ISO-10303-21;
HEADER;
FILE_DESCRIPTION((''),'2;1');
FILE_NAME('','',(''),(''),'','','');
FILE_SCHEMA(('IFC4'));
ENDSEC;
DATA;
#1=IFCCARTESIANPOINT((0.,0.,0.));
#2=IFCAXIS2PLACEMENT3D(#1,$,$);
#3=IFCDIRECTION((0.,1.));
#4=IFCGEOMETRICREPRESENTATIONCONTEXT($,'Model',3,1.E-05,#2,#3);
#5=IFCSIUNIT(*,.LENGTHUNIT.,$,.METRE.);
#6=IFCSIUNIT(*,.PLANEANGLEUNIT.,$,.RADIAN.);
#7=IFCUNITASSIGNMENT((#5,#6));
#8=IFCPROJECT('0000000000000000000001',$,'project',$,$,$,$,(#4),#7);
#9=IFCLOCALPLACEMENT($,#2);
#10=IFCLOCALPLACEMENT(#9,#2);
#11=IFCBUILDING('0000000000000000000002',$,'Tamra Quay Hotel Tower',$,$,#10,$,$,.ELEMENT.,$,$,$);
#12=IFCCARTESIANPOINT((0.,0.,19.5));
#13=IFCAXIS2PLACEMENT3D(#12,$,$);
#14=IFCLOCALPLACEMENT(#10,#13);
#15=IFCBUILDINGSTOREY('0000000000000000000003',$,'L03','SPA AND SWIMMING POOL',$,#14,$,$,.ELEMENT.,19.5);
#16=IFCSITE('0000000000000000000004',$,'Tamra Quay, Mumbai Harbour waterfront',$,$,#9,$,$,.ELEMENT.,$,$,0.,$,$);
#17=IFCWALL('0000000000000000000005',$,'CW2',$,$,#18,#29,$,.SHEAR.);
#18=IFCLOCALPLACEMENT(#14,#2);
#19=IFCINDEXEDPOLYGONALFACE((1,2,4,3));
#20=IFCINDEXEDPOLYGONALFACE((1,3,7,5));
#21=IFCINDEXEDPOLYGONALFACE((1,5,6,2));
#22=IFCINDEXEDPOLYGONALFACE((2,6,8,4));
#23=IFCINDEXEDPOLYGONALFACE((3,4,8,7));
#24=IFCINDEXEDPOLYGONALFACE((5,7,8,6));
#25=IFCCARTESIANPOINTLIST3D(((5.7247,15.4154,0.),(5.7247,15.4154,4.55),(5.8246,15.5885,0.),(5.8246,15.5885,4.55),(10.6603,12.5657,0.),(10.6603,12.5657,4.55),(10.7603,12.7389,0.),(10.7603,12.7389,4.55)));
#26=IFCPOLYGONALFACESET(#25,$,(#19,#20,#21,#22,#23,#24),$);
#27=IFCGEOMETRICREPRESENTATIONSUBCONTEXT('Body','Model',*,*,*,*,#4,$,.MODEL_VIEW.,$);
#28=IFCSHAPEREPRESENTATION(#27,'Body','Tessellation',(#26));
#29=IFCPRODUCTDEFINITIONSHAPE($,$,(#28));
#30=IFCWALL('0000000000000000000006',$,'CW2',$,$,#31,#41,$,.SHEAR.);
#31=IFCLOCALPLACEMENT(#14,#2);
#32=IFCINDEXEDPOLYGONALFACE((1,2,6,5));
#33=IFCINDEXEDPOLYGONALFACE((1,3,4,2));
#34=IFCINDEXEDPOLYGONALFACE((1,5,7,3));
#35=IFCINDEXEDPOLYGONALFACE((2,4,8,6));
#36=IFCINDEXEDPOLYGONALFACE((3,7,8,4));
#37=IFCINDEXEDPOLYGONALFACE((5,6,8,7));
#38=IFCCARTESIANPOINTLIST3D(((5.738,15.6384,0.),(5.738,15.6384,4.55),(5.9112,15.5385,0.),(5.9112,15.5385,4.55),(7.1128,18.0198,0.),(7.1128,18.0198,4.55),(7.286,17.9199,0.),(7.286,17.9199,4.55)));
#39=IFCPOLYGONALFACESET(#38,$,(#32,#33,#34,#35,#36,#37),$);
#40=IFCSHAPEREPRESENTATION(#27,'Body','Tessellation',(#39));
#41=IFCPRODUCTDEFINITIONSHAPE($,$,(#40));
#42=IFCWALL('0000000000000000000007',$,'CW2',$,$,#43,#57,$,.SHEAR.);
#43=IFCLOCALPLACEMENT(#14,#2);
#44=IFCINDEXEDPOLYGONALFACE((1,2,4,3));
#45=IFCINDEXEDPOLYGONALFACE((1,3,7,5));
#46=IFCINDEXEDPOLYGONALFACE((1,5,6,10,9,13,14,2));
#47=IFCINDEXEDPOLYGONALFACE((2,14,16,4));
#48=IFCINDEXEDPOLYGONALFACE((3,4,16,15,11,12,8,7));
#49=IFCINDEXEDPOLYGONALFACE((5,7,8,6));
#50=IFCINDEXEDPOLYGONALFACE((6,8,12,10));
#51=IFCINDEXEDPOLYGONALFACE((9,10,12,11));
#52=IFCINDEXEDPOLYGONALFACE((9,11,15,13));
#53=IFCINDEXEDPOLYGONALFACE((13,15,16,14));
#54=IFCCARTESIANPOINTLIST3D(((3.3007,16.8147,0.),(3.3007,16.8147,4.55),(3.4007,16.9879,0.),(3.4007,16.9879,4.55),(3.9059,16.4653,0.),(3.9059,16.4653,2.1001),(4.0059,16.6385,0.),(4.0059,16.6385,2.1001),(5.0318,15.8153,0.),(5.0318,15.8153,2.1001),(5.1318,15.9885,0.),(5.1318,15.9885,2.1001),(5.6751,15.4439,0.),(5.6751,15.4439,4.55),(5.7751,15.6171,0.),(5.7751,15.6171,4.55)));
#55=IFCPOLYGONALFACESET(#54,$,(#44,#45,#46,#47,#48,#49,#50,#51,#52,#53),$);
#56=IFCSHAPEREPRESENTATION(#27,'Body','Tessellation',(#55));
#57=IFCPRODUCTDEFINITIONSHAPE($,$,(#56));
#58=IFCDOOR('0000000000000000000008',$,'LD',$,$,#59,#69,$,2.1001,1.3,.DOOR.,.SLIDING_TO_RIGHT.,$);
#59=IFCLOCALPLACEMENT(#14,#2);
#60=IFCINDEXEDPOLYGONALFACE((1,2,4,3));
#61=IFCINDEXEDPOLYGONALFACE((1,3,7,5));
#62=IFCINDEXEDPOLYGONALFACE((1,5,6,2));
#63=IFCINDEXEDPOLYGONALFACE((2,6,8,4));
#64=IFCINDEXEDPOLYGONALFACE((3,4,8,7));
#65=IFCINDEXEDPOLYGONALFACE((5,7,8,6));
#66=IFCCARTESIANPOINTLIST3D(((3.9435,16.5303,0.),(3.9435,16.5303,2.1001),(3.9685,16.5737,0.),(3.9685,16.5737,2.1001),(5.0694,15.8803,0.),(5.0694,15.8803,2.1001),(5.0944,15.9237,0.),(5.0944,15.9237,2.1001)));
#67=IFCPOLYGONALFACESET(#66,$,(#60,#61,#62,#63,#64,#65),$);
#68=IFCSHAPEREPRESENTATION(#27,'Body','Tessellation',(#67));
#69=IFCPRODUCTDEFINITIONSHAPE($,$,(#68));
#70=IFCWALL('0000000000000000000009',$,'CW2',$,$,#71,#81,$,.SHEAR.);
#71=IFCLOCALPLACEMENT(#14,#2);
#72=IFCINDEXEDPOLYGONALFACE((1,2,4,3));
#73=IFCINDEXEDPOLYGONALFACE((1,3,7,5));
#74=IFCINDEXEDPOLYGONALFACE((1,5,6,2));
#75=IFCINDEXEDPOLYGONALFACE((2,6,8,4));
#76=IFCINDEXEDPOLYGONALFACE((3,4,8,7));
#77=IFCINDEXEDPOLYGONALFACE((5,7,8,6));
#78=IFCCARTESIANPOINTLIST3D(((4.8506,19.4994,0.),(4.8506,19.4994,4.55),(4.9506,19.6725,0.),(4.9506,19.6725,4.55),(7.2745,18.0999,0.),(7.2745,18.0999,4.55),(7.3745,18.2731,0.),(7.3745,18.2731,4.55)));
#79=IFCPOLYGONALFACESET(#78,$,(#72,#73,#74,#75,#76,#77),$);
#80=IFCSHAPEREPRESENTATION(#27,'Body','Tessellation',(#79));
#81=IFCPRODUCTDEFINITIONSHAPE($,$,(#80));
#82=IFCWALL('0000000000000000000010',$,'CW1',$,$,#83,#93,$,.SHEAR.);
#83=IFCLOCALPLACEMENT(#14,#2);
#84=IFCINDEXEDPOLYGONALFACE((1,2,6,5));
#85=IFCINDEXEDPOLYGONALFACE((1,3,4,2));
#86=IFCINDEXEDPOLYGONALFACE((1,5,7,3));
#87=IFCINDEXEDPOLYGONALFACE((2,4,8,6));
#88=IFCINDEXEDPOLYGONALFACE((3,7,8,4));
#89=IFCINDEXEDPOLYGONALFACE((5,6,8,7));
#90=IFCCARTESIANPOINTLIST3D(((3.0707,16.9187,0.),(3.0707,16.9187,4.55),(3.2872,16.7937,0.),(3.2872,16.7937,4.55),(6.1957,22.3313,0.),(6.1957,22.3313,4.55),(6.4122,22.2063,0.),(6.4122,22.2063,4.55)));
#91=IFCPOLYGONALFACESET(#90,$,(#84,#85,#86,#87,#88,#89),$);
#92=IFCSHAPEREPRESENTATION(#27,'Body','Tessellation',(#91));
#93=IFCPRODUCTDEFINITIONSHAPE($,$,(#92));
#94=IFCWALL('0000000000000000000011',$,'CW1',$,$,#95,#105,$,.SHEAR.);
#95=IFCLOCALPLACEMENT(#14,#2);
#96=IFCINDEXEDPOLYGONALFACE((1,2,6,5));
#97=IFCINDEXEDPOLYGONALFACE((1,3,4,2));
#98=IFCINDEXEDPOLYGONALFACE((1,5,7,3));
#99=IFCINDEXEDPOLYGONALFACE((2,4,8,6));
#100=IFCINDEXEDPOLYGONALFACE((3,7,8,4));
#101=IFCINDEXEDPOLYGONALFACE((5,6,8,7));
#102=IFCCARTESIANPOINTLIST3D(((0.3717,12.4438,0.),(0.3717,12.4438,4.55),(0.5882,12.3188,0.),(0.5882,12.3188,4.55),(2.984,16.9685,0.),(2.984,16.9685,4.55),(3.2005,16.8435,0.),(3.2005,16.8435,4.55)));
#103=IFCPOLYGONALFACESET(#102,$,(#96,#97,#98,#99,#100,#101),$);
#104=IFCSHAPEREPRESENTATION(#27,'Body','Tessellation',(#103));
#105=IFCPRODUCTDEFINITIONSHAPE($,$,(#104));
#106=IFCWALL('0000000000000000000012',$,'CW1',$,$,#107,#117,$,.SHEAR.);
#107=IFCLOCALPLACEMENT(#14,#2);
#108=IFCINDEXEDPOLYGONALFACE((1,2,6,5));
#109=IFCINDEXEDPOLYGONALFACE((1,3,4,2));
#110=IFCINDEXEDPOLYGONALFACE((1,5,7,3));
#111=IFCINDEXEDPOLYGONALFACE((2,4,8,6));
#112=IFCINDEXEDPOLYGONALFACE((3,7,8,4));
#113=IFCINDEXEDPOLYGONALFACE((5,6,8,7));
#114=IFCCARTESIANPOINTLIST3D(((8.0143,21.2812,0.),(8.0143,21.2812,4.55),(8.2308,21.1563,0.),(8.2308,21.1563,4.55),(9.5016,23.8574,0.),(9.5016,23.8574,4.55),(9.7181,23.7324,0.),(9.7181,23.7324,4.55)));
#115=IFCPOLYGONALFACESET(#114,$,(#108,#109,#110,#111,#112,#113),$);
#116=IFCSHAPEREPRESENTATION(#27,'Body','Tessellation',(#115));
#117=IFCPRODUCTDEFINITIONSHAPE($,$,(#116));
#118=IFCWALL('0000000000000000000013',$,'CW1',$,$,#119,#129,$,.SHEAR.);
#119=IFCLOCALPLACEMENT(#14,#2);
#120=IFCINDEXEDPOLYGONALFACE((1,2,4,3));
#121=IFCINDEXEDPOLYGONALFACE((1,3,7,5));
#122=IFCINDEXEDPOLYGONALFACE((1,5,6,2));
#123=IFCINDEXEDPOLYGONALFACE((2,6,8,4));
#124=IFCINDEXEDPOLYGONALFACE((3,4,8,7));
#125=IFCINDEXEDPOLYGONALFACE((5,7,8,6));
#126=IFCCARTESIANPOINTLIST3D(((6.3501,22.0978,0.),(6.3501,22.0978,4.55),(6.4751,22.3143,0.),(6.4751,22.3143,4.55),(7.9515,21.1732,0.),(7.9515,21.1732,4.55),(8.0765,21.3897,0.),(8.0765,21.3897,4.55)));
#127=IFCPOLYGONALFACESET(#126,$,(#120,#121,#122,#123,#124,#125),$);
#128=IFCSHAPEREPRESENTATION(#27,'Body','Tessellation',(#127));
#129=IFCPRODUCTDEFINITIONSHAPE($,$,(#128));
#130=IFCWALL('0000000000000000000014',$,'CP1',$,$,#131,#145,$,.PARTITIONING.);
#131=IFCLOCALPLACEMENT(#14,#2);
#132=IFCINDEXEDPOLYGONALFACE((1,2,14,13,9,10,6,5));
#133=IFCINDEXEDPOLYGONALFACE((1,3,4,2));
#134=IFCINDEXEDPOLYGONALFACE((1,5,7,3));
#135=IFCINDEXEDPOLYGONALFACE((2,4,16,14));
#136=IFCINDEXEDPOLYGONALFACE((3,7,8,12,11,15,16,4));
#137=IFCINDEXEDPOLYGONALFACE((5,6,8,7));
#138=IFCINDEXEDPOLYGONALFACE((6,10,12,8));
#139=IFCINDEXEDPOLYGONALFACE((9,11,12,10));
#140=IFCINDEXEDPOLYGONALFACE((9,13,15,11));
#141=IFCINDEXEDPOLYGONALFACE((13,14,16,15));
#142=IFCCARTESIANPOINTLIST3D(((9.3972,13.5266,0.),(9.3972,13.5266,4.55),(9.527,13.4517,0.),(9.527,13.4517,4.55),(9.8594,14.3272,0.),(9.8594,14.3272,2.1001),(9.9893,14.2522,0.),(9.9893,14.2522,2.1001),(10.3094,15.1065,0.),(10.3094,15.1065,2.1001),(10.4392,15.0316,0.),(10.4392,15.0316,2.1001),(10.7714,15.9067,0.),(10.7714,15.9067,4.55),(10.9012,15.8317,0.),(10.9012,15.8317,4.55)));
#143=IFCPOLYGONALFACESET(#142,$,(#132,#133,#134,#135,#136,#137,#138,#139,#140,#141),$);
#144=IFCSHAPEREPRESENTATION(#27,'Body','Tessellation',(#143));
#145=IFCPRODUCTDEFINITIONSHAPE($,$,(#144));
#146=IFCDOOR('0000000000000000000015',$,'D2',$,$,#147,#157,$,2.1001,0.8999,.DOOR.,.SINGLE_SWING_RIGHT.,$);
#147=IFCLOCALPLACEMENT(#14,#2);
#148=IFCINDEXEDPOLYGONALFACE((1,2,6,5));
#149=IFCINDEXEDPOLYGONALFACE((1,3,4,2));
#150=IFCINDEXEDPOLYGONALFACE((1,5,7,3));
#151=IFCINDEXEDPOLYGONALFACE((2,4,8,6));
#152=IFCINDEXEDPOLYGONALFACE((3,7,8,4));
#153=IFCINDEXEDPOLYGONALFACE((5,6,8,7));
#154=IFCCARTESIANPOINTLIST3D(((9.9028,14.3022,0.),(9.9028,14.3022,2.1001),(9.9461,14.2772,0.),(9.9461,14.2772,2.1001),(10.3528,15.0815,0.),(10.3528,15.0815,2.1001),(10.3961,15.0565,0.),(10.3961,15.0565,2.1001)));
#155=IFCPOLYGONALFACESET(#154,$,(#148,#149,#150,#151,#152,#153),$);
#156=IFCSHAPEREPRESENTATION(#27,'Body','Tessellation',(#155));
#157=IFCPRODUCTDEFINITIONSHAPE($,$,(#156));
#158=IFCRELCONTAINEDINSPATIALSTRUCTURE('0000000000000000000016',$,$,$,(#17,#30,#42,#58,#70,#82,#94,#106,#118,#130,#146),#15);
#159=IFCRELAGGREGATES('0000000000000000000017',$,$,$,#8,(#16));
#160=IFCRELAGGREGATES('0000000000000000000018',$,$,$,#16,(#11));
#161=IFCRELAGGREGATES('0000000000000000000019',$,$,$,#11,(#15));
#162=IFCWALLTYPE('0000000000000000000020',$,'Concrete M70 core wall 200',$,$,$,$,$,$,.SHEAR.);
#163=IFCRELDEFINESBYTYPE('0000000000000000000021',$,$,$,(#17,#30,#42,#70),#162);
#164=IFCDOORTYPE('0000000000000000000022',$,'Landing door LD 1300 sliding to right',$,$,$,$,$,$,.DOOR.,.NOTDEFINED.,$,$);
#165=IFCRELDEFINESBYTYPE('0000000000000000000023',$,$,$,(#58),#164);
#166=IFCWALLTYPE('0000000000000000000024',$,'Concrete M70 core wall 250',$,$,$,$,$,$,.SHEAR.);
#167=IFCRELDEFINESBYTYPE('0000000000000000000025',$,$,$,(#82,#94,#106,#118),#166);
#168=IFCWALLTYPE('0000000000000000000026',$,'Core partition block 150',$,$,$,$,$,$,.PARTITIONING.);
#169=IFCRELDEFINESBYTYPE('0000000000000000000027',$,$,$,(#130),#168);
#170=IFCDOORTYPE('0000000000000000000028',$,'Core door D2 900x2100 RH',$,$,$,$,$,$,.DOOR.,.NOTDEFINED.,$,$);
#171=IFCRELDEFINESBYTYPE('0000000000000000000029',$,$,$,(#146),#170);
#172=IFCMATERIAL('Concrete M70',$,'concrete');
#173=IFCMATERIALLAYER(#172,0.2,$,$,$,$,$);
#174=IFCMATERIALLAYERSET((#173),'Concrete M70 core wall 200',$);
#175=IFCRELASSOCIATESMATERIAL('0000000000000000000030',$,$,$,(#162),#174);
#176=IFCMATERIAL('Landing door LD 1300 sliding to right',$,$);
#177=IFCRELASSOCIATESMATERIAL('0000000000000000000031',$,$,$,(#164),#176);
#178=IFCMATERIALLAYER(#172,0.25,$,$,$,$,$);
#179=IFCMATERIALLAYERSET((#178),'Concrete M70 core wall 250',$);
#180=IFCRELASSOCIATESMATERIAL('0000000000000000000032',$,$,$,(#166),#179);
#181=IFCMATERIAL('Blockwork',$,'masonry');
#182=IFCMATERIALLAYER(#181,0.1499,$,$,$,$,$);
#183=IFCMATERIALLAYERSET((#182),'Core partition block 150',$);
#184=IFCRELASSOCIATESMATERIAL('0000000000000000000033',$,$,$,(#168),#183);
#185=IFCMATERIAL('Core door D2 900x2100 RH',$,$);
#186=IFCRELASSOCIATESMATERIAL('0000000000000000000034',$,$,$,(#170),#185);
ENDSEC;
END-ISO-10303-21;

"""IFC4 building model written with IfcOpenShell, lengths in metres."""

from ifc_helpers import new_model, si_unit, direction, frame, frame_2d, origin, place, context, subcontext, project, spatial, rectangle, extrude, material, layer, layer_set, type_object, element, fill, save


model = new_model("IFC4")

# Units and contexts
model_context = context("Model", 3, precision=1e-05, world=origin(), true_north=direction((0.0, 1.0)))
body_context = subcontext(model_context, "Body", "Model", "MODEL_VIEW")
ifc_project = project(units=[si_unit("LENGTHUNIT", "METRE"), si_unit("PLANEANGLEUNIT", "RADIAN")], contexts=[model_context])

# Site, building, storey
site_placement = place(None, origin())
site = spatial("IfcSite", under=ifc_project, at=site_placement, Name="Tamra Quay, Mumbai Harbour waterfront", CompositionType="ELEMENT", RefElevation=0.0)
building_placement = place(site_placement, origin())
building = spatial("IfcBuilding", under=site, at=building_placement, Name="Tamra Quay Hotel Tower", CompositionType="ELEMENT")
storey_placement = place(building_placement, frame((0.0, 0.0, 19.5)))
storey = spatial("IfcBuildingStorey", under=building, at=storey_placement, Name="L03", Description="SPA AND SWIMMING POOL", CompositionType="ELEMENT", Elevation=19.5)

# Walls
ifc_material_1 = material(Name="Concrete M70", Category="concrete")
ifc_layer_1 = layer(ifc_material_1, 0.2)
ifc_layer_set_1 = layer_set([ifc_layer_1], Name="Concrete M70 core wall 200")
wall_type_1 = type_object("IfcWallType", Name="Concrete M70 core wall 200", PredefinedType="SHEAR", material=ifc_layer_set_1)
wall_1_placement = place(storey_placement, frame((5.7747, 15.502, 0.0), z_axis=(0.0, 0.0, 1.0), x_axis=(0.86602, -0.500009, 0.0)))
element("IfcWall", 1, at=wall_1_placement, inside=storey, type_object=wall_type_1, Name="CW2", PredefinedType="SHEAR", context=body_context, shape_type="SweptSolid", body=[
    extrude(rectangle(XDim=5.6992, YDim=0.2, at=frame_2d((2.8496, 0.0))), origin(), (0.0, 0.0, 1.0), 4.55),
])
wall_2_placement = place(storey_placement, frame((7.1995, 17.97, 0.0), z_axis=(0.0, 0.0, 1.0), x_axis=(-0.499968, -0.866044, 0.0)))
element("IfcWall", 2, at=wall_2_placement, inside=storey, type_object=wall_type_1, Name="CW2", PredefinedType="SHEAR", context=body_context, shape_type="SweptSolid", body=[
    extrude(rectangle(XDim=2.7498, YDim=0.2, at=frame_2d((1.375, 0.0))), origin(), (0.0, 0.0, 1.0), 4.55),
])

# Wall, opening, door
wall_3_placement = place(storey_placement, frame((5.7251, 15.5305, 0.0), z_axis=(0.0, 0.0, 1.0), x_axis=(-0.866037, 0.499979, 0.0)))
wall_3 = element("IfcWall", 3, at=wall_3_placement, inside=storey, type_object=wall_type_1, Name="CW2", PredefinedType="SHEAR", context=body_context, shape_type="SweptSolid", body=[
    extrude(rectangle(XDim=2.7417, YDim=0.2, at=frame_2d((1.3708, 0.0))), origin(), (0.0, 0.0, 1.0), 4.55),
])
opening_1_placement = place(wall_3_placement, frame((0.7429, 0.0, 0.0)))
opening_1 = element("IfcOpeningElement", 4, at=opening_1_placement, cuts=wall_3, PredefinedType="OPENING", context=body_context, shape_type="SweptSolid", body=[
    extrude(rectangle(XDim=1.3, YDim=2.1001, at=frame_2d((0.6499, 1.05))), frame((0.0, 0.1099, 0.0), z_axis=(0.0, -1.0, 0.0), x_axis=(1.0, 0.0, 0.0)), (0.0, 0.0, 1.0), 0.22),
])
ifc_material_2 = material(Name="Landing door LD 1300 sliding to right")
door_type_1 = type_object("IfcDoorType", Name="Landing door LD 1300 sliding to right", OperationType="NOTDEFINED", PredefinedType="DOOR", material=ifc_material_2)
door_1_placement = place(opening_1_placement, origin())
door_1 = element("IfcDoor", 5, at=door_1_placement, inside=storey, type_object=door_type_1, Name="LD", OperationType="SLIDING_TO_RIGHT", OverallHeight=2.1001, OverallWidth=1.3, PredefinedType="DOOR", context=body_context, shape_type="SweptSolid", body=[
    extrude(rectangle(XDim=1.3, YDim=2.1001, at=frame_2d((0.6499, 1.05))), frame((0.0, 0.0249, 0.0), z_axis=(0.0, -1.0, 0.0), x_axis=(1.0, 0.0, 0.0)), (0.0, 0.0, 1.0), 0.05),
])
fill(opening_1, door_1)

# Walls
wall_4_placement = place(storey_placement, frame((4.9006, 19.5859, 0.0), z_axis=(0.0, 0.0, 1.0), x_axis=(0.866023, -0.500004, 0.0)))
element("IfcWall", 6, at=wall_4_placement, inside=storey, type_object=wall_type_1, Name="CW2", PredefinedType="SHEAR", context=body_context, shape_type="SweptSolid", body=[
    extrude(rectangle(XDim=2.7988, YDim=0.2, at=frame_2d((1.3994, 0.0))), origin(), (0.0, 0.0, 1.0), 4.55),
])
ifc_layer_2 = layer(ifc_material_1, 0.25)
ifc_layer_set_2 = layer_set([ifc_layer_2], Name="Concrete M70 core wall 250")
wall_type_2 = type_object("IfcWallType", Name="Concrete M70 core wall 250", PredefinedType="SHEAR", material=ifc_layer_set_2)
wall_5_placement = place(storey_placement, frame((3.179, 16.8562, 0.0), z_axis=(0.0, 0.0, 1.0), x_axis=(0.500004, 0.866023, 0.0)))
element("IfcWall", 7, at=wall_5_placement, inside=storey, type_object=wall_type_2, Name="CW1", PredefinedType="SHEAR", context=body_context, shape_type="SweptSolid", body=[
    extrude(rectangle(XDim=6.25, YDim=0.25, at=frame_2d((3.125, 0.0))), origin(), (0.0, 0.0, 1.0), 4.55),
])
wall_6_placement = place(storey_placement, frame((0.48, 12.3813, 0.0), z_axis=(0.0, 0.0, 1.0), x_axis=(0.499999, 0.866026, 0.0)))
element("IfcWall", 8, at=wall_6_placement, inside=storey, type_object=wall_type_2, Name="CW1", PredefinedType="SHEAR", context=body_context, shape_type="SweptSolid", body=[
    extrude(rectangle(XDim=5.2246, YDim=0.25, at=frame_2d((2.6123, 0.0))), origin(), (0.0, 0.0, 1.0), 4.55),
])
wall_7_placement = place(storey_placement, frame((8.1226, 21.2188, 0.0), z_axis=(0.0, 0.0, 1.0), x_axis=(0.499988, 0.866033, 0.0)))
element("IfcWall", 9, at=wall_7_placement, inside=storey, type_object=wall_type_2, Name="CW1", PredefinedType="SHEAR", context=body_context, shape_type="SweptSolid", body=[
    extrude(rectangle(XDim=2.9746, YDim=0.25, at=frame_2d((1.4873, 0.0))), origin(), (0.0, 0.0, 1.0), 4.55),
])
wall_8_placement = place(storey_placement, frame((6.4126, 22.2061, 0.0), z_axis=(0.0, 0.0, 1.0), x_axis=(0.866016, -0.500016, 0.0)))
element("IfcWall", 10, at=wall_8_placement, inside=storey, type_object=wall_type_2, Name="CW1", PredefinedType="SHEAR", context=body_context, shape_type="SweptSolid", body=[
    extrude(rectangle(XDim=1.8491, YDim=0.25, at=frame_2d((0.9246, 0.0))), origin(), (0.0, 0.0, 1.0), 4.55),
])

# Wall, opening, door
ifc_material_3 = material(Name="Blockwork", Category="masonry")
ifc_layer_3 = layer(ifc_material_3, 0.1499)
ifc_layer_set_3 = layer_set([ifc_layer_3], Name="Core partition block 150")
wall_type_3 = type_object("IfcWallType", Name="Core partition block 150", PredefinedType="PARTITIONING", material=ifc_layer_set_3)
wall_9_placement = place(storey_placement, frame((9.4622, 13.4893, 0.0), z_axis=(0.0, 0.0, 1.0), x_axis=(0.500027, 0.86601, 0.0)))
wall_9 = element("IfcWall", 11, at=wall_9_placement, inside=storey, type_object=wall_type_3, Name="CP1", PredefinedType="PARTITIONING", context=body_context, shape_type="SweptSolid", body=[
    extrude(rectangle(XDim=2.7483, YDim=0.1499, at=frame_2d((1.374, 0.0))), origin(), (0.0, 0.0, 1.0), 4.55),
])
opening_2_placement = place(wall_9_placement, frame((0.9243, 0.0, 0.0)))
opening_2 = element("IfcOpeningElement", 12, at=opening_2_placement, cuts=wall_9, PredefinedType="OPENING", context=body_context, shape_type="SweptSolid", body=[
    extrude(rectangle(XDim=0.8999, YDim=2.1001, at=frame_2d((0.45, 1.05))), frame((0.0, 0.085, 0.0), z_axis=(0.0, -1.0, 0.0), x_axis=(1.0, 0.0, 0.0)), (0.0, 0.0, 1.0), 0.1699),
])
ifc_material_4 = material(Name="Core door D2 900x2100 RH")
door_type_2 = type_object("IfcDoorType", Name="Core door D2 900x2100 RH", OperationType="NOTDEFINED", PredefinedType="DOOR", material=ifc_material_4)
door_2_placement = place(opening_2_placement, origin())
door_2 = element("IfcDoor", 13, at=door_2_placement, inside=storey, type_object=door_type_2, Name="D2", OperationType="SINGLE_SWING_RIGHT", OverallHeight=2.1001, OverallWidth=0.8999, PredefinedType="DOOR", context=body_context, shape_type="SweptSolid", body=[
    extrude(rectangle(XDim=0.8999, YDim=2.1001, at=frame_2d((0.45, 1.05))), frame((0.0, 0.0249, 0.0), z_axis=(0.0, -1.0, 0.0), x_axis=(1.0, 0.0, 0.0)), (0.0, 0.0, 1.0), 0.05),
])
fill(opening_2, door_2)

save(model, "model.ifc")
